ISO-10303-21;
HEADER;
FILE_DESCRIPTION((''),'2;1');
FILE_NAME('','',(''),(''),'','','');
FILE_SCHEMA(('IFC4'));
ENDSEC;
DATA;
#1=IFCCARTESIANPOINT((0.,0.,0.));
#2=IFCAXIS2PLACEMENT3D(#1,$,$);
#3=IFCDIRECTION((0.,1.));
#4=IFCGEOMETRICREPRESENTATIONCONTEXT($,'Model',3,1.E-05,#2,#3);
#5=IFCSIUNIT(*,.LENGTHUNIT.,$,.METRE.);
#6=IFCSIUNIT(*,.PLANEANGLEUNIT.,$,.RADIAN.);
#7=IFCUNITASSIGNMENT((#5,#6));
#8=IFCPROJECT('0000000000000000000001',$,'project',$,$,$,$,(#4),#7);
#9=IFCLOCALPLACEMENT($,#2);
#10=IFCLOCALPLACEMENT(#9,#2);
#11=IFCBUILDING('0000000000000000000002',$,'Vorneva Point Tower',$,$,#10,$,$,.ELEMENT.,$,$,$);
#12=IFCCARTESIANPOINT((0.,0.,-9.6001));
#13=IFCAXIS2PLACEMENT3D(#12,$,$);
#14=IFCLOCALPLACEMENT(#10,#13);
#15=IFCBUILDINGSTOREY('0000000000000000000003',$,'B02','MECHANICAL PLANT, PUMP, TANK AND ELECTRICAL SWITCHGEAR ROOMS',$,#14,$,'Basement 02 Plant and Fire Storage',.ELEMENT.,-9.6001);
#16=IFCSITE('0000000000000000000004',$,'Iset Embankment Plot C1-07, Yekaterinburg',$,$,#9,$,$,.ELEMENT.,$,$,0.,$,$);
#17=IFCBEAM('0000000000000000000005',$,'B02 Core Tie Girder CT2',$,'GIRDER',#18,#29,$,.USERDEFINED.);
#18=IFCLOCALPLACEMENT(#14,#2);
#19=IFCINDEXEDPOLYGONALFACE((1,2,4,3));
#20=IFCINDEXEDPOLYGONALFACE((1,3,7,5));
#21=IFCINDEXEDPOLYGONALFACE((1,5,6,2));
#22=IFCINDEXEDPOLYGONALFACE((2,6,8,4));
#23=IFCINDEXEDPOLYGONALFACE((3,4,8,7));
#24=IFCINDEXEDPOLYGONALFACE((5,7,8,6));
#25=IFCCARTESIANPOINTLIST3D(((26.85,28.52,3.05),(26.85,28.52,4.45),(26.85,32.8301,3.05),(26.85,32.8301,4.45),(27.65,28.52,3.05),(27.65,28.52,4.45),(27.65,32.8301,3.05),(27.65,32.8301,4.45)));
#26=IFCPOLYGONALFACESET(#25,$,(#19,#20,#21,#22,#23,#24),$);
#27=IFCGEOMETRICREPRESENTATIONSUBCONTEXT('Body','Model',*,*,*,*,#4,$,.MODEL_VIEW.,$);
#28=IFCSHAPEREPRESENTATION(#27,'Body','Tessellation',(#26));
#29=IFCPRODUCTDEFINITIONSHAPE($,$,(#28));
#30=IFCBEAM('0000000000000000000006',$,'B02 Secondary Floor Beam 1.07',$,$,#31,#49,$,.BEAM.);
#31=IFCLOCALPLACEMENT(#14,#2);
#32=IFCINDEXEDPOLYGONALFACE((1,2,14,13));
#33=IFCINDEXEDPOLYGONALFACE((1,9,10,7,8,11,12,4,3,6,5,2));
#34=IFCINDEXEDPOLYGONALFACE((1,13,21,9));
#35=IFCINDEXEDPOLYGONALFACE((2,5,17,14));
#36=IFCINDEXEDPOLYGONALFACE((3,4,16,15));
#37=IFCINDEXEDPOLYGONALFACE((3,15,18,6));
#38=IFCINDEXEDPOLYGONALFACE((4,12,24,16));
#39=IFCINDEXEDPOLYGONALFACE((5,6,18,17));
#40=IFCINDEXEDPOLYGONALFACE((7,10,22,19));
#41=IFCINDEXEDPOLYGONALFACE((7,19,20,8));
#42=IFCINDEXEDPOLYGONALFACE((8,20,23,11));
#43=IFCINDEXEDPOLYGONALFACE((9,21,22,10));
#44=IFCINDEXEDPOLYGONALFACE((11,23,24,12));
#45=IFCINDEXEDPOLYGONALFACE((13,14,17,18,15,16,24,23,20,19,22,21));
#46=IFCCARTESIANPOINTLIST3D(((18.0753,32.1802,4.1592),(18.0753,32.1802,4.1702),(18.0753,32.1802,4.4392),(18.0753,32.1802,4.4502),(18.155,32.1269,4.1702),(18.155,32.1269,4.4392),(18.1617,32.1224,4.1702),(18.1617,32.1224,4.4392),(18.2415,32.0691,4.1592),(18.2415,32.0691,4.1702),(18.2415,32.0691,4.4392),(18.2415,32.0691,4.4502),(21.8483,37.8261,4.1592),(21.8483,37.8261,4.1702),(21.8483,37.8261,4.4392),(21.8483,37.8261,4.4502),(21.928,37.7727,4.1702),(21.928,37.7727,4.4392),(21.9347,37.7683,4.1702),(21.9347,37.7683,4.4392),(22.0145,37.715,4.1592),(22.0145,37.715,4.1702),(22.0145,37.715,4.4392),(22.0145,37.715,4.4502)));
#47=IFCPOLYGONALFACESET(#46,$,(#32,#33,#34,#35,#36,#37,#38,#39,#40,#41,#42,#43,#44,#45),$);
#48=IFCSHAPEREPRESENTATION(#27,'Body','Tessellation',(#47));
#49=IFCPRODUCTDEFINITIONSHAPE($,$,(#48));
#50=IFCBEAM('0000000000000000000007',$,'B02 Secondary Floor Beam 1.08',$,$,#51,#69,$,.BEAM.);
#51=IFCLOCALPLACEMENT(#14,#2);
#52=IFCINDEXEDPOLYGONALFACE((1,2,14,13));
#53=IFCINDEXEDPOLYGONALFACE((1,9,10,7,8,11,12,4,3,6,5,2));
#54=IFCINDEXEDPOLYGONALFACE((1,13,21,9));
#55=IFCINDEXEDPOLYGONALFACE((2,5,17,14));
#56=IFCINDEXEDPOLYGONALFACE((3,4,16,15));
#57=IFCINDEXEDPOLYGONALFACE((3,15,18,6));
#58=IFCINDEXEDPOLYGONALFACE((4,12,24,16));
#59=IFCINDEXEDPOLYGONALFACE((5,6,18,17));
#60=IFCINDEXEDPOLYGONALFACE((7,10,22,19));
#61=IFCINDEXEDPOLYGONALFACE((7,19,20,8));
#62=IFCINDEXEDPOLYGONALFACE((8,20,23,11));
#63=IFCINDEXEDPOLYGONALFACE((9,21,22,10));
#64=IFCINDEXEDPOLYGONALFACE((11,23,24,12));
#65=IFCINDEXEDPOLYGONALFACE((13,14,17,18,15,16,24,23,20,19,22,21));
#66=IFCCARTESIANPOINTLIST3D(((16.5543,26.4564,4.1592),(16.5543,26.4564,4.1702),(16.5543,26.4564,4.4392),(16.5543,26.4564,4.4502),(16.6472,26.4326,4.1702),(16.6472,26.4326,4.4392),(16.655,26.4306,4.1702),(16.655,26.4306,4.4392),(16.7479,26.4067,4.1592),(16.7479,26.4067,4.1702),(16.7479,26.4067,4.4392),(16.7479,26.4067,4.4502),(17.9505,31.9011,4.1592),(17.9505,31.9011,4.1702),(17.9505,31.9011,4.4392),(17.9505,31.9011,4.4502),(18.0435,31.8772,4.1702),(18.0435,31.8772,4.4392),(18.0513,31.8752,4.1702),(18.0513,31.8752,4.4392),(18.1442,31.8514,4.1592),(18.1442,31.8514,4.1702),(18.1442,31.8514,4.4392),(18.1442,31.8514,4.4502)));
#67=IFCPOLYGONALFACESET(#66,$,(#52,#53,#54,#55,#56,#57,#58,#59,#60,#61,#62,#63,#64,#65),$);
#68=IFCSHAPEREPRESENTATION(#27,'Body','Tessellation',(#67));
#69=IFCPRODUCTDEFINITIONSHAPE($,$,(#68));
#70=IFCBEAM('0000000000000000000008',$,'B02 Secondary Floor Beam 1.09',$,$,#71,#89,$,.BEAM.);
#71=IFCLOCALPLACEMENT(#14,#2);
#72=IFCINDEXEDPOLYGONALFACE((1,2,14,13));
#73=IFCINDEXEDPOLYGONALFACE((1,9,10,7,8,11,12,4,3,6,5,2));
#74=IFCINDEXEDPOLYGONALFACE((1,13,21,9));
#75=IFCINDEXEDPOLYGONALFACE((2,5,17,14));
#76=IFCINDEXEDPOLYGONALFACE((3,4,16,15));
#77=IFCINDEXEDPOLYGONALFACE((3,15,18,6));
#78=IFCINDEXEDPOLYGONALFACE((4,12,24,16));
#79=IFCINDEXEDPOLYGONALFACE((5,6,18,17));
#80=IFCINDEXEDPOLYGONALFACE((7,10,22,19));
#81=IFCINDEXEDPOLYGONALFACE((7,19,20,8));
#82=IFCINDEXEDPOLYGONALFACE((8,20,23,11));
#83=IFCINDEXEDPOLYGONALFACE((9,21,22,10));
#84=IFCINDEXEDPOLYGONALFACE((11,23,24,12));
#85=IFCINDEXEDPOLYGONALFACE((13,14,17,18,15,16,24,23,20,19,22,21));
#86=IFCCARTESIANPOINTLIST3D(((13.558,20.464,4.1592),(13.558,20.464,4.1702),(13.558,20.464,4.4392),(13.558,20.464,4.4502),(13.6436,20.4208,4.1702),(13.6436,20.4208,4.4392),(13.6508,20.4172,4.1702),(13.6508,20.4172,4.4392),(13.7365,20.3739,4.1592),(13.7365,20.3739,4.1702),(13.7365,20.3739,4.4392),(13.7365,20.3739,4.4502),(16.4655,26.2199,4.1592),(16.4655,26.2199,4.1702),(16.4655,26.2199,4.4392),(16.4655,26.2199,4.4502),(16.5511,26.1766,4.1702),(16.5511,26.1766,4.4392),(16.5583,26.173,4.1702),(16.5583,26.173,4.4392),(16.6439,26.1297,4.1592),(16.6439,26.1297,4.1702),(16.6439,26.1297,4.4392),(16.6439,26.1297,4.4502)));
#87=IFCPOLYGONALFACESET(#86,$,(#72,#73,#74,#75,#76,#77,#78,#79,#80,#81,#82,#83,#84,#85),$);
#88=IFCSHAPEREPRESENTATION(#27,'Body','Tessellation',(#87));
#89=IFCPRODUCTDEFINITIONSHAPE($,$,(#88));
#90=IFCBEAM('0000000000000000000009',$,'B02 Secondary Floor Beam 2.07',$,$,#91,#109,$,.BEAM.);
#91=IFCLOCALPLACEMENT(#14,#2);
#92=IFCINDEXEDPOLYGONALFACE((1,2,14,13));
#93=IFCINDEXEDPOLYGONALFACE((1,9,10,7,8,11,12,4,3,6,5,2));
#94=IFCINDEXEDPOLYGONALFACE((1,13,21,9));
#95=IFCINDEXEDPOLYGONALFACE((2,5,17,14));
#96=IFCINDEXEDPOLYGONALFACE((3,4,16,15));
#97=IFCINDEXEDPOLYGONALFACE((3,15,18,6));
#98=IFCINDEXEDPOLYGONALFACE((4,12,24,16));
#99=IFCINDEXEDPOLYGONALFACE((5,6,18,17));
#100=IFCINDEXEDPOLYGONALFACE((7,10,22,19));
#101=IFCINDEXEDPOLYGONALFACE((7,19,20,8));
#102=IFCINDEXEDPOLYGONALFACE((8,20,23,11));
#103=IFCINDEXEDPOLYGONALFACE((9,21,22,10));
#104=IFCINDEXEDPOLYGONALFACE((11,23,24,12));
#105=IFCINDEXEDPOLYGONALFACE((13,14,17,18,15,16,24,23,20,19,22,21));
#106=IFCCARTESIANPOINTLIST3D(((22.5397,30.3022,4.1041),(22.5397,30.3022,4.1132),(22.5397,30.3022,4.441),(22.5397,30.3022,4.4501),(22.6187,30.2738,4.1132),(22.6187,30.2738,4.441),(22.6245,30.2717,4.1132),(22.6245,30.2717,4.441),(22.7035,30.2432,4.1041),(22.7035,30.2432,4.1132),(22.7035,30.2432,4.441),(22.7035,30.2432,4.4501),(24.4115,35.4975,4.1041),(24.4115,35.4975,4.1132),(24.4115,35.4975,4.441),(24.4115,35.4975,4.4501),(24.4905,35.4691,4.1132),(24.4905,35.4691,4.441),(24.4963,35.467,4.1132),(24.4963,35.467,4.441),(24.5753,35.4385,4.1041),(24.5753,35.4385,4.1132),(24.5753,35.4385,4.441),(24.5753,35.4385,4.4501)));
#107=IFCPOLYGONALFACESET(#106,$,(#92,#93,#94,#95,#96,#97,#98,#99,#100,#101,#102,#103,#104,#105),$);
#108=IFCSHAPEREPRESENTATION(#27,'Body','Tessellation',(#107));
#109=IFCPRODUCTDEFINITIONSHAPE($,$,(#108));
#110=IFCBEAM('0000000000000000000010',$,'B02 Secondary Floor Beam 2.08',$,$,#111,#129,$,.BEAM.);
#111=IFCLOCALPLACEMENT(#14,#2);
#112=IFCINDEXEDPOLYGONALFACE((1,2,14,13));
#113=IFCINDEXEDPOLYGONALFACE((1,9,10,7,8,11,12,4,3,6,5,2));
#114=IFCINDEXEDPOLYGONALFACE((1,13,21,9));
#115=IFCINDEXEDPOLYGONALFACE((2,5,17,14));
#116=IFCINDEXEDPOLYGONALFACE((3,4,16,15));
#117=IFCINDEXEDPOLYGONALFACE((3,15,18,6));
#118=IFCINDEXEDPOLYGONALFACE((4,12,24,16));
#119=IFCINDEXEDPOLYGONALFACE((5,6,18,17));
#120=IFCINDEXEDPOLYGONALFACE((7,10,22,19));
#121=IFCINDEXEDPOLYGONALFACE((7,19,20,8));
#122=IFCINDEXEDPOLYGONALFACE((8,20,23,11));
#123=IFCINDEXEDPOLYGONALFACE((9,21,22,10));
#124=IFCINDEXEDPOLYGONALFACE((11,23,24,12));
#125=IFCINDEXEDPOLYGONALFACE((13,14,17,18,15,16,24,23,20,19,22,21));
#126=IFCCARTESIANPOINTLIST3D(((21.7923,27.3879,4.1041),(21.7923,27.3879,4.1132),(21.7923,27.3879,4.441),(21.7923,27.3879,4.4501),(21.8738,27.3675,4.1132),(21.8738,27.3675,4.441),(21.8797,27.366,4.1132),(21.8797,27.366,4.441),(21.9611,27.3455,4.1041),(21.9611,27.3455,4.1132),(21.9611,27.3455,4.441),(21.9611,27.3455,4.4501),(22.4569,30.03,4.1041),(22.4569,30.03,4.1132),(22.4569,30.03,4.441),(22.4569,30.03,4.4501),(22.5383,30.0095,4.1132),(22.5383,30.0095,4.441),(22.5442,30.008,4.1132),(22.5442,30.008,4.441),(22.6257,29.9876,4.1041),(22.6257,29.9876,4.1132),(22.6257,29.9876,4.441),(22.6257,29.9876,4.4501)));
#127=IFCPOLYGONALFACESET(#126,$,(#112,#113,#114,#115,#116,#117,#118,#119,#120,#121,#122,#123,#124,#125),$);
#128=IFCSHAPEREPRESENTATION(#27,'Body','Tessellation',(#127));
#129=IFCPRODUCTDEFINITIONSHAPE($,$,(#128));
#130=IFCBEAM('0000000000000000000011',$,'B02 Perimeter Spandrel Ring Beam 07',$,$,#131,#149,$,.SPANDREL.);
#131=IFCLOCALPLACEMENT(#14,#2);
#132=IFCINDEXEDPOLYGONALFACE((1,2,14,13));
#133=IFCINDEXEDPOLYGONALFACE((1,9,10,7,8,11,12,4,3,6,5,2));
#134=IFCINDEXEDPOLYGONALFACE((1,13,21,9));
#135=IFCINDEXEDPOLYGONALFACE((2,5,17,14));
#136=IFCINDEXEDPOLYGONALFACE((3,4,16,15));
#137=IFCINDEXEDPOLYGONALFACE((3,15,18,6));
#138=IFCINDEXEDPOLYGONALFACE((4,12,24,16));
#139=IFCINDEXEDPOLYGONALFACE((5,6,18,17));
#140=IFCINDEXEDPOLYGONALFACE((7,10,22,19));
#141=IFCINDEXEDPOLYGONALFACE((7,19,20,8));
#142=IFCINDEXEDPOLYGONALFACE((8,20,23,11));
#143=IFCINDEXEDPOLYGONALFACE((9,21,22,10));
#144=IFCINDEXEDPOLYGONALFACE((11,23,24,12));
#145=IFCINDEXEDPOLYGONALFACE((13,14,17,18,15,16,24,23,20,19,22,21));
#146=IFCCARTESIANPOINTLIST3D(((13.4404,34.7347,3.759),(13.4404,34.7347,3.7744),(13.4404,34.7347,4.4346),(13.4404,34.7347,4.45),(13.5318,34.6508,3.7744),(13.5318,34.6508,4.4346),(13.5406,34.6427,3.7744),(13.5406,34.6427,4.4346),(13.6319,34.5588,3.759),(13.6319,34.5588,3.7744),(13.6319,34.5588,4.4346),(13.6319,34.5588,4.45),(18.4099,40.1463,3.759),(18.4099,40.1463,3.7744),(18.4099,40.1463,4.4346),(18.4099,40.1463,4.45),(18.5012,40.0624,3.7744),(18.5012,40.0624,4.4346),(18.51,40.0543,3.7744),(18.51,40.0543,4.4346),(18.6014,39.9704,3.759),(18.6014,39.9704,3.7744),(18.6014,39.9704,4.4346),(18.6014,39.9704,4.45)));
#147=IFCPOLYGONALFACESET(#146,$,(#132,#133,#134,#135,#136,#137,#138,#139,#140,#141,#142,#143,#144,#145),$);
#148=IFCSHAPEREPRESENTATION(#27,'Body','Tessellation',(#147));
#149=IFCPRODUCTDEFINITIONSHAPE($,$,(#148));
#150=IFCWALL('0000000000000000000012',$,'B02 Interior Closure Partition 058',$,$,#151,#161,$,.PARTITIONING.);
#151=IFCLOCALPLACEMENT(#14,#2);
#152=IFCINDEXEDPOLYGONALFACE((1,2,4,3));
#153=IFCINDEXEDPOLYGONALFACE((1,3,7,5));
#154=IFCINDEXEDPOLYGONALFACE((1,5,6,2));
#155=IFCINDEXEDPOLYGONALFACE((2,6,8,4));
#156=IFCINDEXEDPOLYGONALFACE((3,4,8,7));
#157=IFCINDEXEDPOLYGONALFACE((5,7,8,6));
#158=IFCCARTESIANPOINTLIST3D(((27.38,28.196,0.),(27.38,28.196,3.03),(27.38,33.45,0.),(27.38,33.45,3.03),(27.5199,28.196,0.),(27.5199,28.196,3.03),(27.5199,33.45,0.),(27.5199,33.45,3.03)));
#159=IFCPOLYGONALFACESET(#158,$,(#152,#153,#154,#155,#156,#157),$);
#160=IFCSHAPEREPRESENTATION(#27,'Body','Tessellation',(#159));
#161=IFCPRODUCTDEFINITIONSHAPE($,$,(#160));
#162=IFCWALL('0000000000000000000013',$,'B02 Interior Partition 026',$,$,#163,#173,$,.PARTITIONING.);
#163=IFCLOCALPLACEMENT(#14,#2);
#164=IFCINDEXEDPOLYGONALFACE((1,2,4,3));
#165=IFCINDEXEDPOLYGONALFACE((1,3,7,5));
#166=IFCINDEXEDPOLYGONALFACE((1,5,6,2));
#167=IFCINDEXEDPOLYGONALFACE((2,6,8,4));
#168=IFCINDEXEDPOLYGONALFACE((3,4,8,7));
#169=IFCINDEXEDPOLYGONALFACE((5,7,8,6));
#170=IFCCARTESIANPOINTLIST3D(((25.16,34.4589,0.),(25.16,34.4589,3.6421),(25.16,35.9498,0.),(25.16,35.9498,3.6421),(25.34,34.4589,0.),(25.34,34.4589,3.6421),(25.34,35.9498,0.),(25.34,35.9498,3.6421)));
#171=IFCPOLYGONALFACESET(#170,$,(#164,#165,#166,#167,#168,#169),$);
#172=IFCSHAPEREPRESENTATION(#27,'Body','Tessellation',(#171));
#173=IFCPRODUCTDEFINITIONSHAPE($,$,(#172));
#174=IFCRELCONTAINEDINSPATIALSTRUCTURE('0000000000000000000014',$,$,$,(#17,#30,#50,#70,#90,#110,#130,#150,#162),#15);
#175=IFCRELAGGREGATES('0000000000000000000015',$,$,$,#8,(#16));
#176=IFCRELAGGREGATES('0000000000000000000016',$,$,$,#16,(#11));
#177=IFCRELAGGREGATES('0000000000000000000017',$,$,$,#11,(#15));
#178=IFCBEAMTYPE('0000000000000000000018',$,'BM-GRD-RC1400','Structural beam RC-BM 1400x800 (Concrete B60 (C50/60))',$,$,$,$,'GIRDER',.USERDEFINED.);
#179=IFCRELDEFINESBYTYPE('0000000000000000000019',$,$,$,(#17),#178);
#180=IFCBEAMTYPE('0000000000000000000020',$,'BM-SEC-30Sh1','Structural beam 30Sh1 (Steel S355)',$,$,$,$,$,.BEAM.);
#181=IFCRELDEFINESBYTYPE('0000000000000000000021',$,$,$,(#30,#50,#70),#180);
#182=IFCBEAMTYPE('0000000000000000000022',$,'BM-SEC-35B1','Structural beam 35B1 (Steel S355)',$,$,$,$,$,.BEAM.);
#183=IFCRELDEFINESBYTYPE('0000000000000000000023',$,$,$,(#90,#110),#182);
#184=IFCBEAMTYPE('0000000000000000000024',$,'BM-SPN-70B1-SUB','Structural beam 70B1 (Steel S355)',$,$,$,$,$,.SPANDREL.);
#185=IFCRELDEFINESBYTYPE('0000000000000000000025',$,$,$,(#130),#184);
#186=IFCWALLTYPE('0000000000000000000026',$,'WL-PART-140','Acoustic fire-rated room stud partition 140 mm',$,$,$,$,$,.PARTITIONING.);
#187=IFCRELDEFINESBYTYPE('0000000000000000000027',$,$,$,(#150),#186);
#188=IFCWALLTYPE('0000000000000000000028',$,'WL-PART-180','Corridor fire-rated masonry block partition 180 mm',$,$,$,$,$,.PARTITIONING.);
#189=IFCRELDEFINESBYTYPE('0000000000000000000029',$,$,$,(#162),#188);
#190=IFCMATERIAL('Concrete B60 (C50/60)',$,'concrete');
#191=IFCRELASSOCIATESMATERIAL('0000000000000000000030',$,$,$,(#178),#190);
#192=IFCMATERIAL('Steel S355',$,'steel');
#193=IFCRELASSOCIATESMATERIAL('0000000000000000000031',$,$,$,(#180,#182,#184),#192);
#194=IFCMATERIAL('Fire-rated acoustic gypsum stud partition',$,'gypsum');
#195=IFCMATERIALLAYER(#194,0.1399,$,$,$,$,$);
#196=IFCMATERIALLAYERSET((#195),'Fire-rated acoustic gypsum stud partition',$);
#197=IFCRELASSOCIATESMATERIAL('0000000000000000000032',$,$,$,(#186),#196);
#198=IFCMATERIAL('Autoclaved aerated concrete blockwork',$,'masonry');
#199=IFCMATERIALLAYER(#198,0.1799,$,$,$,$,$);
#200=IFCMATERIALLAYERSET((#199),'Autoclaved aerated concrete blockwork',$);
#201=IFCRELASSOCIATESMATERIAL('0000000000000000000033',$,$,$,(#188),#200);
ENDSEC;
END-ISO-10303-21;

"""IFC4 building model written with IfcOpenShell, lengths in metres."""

from ifc_helpers import new_model, si_unit, direction, frame, frame_2d, origin, origin_2d, place, context, subcontext, project, spatial, rectangle, i_section, extrude, material, layer, layer_set, material_profile, profile_set, type_object, element, save


model = new_model("IFC4")

# Units and contexts
model_context = context("Model", 3, precision=1e-05, world=origin(), true_north=direction((0.0, 1.0)))
body_context = subcontext(model_context, "Body", "Model", "MODEL_VIEW")
ifc_project = project(units=[si_unit("LENGTHUNIT", "METRE"), si_unit("PLANEANGLEUNIT", "RADIAN")], contexts=[model_context])

# Site, building, storey
site_placement = place(None, origin())
site = spatial("IfcSite", under=ifc_project, at=site_placement, Name="Iset Embankment Plot C1-07, Yekaterinburg", CompositionType="ELEMENT", RefElevation=0.0)
building_placement = place(site_placement, origin())
building = spatial("IfcBuilding", under=site, at=building_placement, Name="Vorneva Point Tower", CompositionType="ELEMENT")
storey_placement = place(building_placement, frame((0.0, 0.0, -9.6001)))
storey = spatial("IfcBuildingStorey", under=building, at=storey_placement, Name="B02", Description="MECHANICAL PLANT, PUMP, TANK AND ELECTRICAL SWITCHGEAR ROOMS", LongName="Basement 02 Plant and Fire Storage", CompositionType="ELEMENT", Elevation=-9.6001)

# Shared definitions
ifc_material_1 = material(Name="Concrete B60 (C50/60)", Category="concrete")

# Beams
ifc_material_2 = material(Name="Steel S355", Category="steel")
ifc_material_profile_1 = material_profile(ifc_material_1, rectangle(XDim=0.8, YDim=1.3999, at=origin_2d()), Name="RC-BM 1400x800")
ifc_profile_set_1 = profile_set([ifc_material_profile_1], Name="Concrete B60 (C50/60)")
beam_type_1 = type_object("IfcBeamType", Name="BM-GRD-RC1400", Description="Structural beam RC-BM 1400x800 (Concrete B60 (C50/60))", ElementType="GIRDER", PredefinedType="USERDEFINED", material=ifc_profile_set_1)
beam_1_placement = place(storey_placement, frame((27.25, 28.52, 3.75), z_axis=(0.0, 1.0, 0.0), x_axis=(-1.0, 0.0, 0.0)))
element("IfcBeam", 1, at=beam_1_placement, inside=storey, type_object=beam_type_1, Name="B02 Core Tie Girder CT2", ObjectType="GIRDER", PredefinedType="USERDEFINED", context=body_context, shape_type="SweptSolid", body=[
    extrude(rectangle(XDim=0.8, YDim=1.3999, at=origin_2d()), origin(), (0.0, 0.0, 1.0), 4.3101),
])
ifc_material_profile_2 = material_profile(ifc_material_2, i_section(OverallWidth=0.2, OverallDepth=0.291, WebThickness=0.0081, FlangeThickness=0.011, at=origin_2d()), Name="30Sh1")
ifc_profile_set_2 = profile_set([ifc_material_profile_2], Name="Steel S355")
beam_type_2 = type_object("IfcBeamType", Name="BM-SEC-30Sh1", Description="Structural beam 30Sh1 (Steel S355)", PredefinedType="BEAM", material=ifc_profile_set_2)
beam_2_placement = place(storey_placement, frame((21.9314, 37.7705, 4.3047), z_axis=(-0.555629, -0.83143, 0.0), x_axis=(0.83143, -0.555629, 0.0)))
element("IfcBeam", 2, at=beam_2_placement, inside=storey, type_object=beam_type_2, Name="B02 Secondary Floor Beam 1.07", PredefinedType="BEAM", context=body_context, shape_type="SweptSolid", body=[
    extrude(i_section(OverallWidth=0.2, OverallDepth=0.291, WebThickness=0.0081, FlangeThickness=0.011, at=origin_2d()), origin(), (0.0, 0.0, 1.0), 6.7905),
])
beam_3_placement = place(storey_placement, frame((18.0474, 31.8762, 4.3047), z_axis=(-0.248408, -0.968656, 0.0), x_axis=(0.968656, -0.248408, 0.0)))
element("IfcBeam", 3, at=beam_3_placement, inside=storey, type_object=beam_type_2, Name="B02 Secondary Floor Beam 1.08", PredefinedType="BEAM", context=body_context, shape_type="SweptSolid", body=[
    extrude(i_section(OverallWidth=0.2, OverallDepth=0.291, WebThickness=0.0081, FlangeThickness=0.011, at=origin_2d()), origin(), (0.0, 0.0, 1.0), 5.6208),
])
beam_4_placement = place(storey_placement, frame((16.5547, 26.1748, 4.3047), z_axis=(-0.450875, -0.892587, 0.0), x_axis=(0.892587, -0.450875, 0.0)))
element("IfcBeam", 4, at=beam_4_placement, inside=storey, type_object=beam_type_2, Name="B02 Secondary Floor Beam 1.09", PredefinedType="BEAM", context=body_context, shape_type="SweptSolid", body=[
    extrude(i_section(OverallWidth=0.2, OverallDepth=0.291, WebThickness=0.0081, FlangeThickness=0.011, at=origin_2d()), origin(), (0.0, 0.0, 1.0), 6.4485),
])
ifc_material_profile_3 = material_profile(ifc_material_2, i_section(OverallWidth=0.1741, OverallDepth=0.3459, WebThickness=0.0061, FlangeThickness=0.009, at=origin_2d()), Name="35B1")
ifc_profile_set_3 = profile_set([ifc_material_profile_3], Name="Steel S355")
beam_type_3 = type_object("IfcBeamType", Name="BM-SEC-35B1", Description="Structural beam 35B1 (Steel S355)", PredefinedType="BEAM", material=ifc_profile_set_3)
beam_5_placement = place(storey_placement, frame((24.4934, 35.468, 4.2771), z_axis=(-0.338962, -0.9408, 0.0), x_axis=(0.9408, -0.338962, 0.0)))
element("IfcBeam", 5, at=beam_5_placement, inside=storey, type_object=beam_type_3, Name="B02 Secondary Floor Beam 2.07", PredefinedType="BEAM", context=body_context, shape_type="SweptSolid", body=[
    extrude(i_section(OverallWidth=0.1741, OverallDepth=0.3459, WebThickness=0.0061, FlangeThickness=0.009, at=origin_2d()), origin(), (0.0, 0.0, 1.0), 5.5222),
])
beam_6_placement = place(storey_placement, frame((22.5413, 30.0088, 4.2771), z_axis=(-0.243927, -0.969794, 0.0), x_axis=(0.969794, -0.243927, 0.0)))
element("IfcBeam", 6, at=beam_6_placement, inside=storey, type_object=beam_type_3, Name="B02 Secondary Floor Beam 2.08", PredefinedType="BEAM", context=body_context, shape_type="SweptSolid", body=[
    extrude(i_section(OverallWidth=0.1741, OverallDepth=0.3459, WebThickness=0.0061, FlangeThickness=0.009, at=origin_2d()), origin(), (0.0, 0.0, 1.0), 2.7244),
])
ifc_material_profile_4 = material_profile(ifc_material_2, i_section(OverallWidth=0.26, OverallDepth=0.6909, WebThickness=0.012, FlangeThickness=0.0154, at=origin_2d()), Name="70B1")
ifc_profile_set_4 = profile_set([ifc_material_profile_4], Name="Steel S355")
beam_type_4 = type_object("IfcBeamType", Name="BM-SPN-70B1-SUB", Description="Structural beam 70B1 (Steel S355)", PredefinedType="SPANDREL", material=ifc_profile_set_4)
beam_7_placement = place(storey_placement, frame((18.5056, 40.0583, 4.1045), z_axis=(-0.676377, -0.736555, 0.0), x_axis=(0.736555, -0.676377, 0.0)))
element("IfcBeam", 7, at=beam_7_placement, inside=storey, type_object=beam_type_4, Name="B02 Perimeter Spandrel Ring Beam 07", PredefinedType="SPANDREL", context=body_context, shape_type="SweptSolid", body=[
    extrude(i_section(OverallWidth=0.26, OverallDepth=0.6909, WebThickness=0.012, FlangeThickness=0.0154, at=origin_2d()), origin(), (0.0, 0.0, 1.0), 7.3472),
])

# Walls
ifc_material_3 = material(Name="Fire-rated acoustic gypsum stud partition", Category="gypsum")
ifc_layer_1 = layer(ifc_material_3, 0.1399)
ifc_layer_set_1 = layer_set([ifc_layer_1], Name="Fire-rated acoustic gypsum stud partition")
wall_type_1 = type_object("IfcWallType", Name="WL-PART-140", Description="Acoustic fire-rated room stud partition 140 mm", PredefinedType="PARTITIONING", material=ifc_layer_set_1)
wall_1_placement = place(storey_placement, frame((27.45, 28.196, 0.0), z_axis=(0.0, 0.0, 1.0), x_axis=(0.0, 1.0, 0.0)))
element("IfcWall", 8, at=wall_1_placement, inside=storey, type_object=wall_type_1, Name="B02 Interior Closure Partition 058", PredefinedType="PARTITIONING", context=body_context, shape_type="SweptSolid", body=[
    extrude(rectangle(XDim=5.2539, YDim=0.1399, at=frame_2d((2.627, 0.0))), origin(), (0.0, 0.0, 1.0), 3.03),
])
ifc_material_4 = material(Name="Autoclaved aerated concrete blockwork", Category="masonry")
ifc_layer_2 = layer(ifc_material_4, 0.1799)
ifc_layer_set_2 = layer_set([ifc_layer_2], Name="Autoclaved aerated concrete blockwork")
wall_type_2 = type_object("IfcWallType", Name="WL-PART-180", Description="Corridor fire-rated masonry block partition 180 mm", PredefinedType="PARTITIONING", material=ifc_layer_set_2)
wall_2_placement = place(storey_placement, frame((25.25, 35.95, 0.0), z_axis=(0.0, 0.0, 1.0), x_axis=(0.0, -1.0, 0.0)))
element("IfcWall", 9, at=wall_2_placement, inside=storey, type_object=wall_type_2, Name="B02 Interior Partition 026", PredefinedType="PARTITIONING", context=body_context, shape_type="SweptSolid", body=[
    extrude(rectangle(XDim=1.491, YDim=0.1799, at=frame_2d((0.7456, 0.0))), origin(), (0.0, 0.0, 1.0), 3.6421),
])

save(model, "model.ifc")
